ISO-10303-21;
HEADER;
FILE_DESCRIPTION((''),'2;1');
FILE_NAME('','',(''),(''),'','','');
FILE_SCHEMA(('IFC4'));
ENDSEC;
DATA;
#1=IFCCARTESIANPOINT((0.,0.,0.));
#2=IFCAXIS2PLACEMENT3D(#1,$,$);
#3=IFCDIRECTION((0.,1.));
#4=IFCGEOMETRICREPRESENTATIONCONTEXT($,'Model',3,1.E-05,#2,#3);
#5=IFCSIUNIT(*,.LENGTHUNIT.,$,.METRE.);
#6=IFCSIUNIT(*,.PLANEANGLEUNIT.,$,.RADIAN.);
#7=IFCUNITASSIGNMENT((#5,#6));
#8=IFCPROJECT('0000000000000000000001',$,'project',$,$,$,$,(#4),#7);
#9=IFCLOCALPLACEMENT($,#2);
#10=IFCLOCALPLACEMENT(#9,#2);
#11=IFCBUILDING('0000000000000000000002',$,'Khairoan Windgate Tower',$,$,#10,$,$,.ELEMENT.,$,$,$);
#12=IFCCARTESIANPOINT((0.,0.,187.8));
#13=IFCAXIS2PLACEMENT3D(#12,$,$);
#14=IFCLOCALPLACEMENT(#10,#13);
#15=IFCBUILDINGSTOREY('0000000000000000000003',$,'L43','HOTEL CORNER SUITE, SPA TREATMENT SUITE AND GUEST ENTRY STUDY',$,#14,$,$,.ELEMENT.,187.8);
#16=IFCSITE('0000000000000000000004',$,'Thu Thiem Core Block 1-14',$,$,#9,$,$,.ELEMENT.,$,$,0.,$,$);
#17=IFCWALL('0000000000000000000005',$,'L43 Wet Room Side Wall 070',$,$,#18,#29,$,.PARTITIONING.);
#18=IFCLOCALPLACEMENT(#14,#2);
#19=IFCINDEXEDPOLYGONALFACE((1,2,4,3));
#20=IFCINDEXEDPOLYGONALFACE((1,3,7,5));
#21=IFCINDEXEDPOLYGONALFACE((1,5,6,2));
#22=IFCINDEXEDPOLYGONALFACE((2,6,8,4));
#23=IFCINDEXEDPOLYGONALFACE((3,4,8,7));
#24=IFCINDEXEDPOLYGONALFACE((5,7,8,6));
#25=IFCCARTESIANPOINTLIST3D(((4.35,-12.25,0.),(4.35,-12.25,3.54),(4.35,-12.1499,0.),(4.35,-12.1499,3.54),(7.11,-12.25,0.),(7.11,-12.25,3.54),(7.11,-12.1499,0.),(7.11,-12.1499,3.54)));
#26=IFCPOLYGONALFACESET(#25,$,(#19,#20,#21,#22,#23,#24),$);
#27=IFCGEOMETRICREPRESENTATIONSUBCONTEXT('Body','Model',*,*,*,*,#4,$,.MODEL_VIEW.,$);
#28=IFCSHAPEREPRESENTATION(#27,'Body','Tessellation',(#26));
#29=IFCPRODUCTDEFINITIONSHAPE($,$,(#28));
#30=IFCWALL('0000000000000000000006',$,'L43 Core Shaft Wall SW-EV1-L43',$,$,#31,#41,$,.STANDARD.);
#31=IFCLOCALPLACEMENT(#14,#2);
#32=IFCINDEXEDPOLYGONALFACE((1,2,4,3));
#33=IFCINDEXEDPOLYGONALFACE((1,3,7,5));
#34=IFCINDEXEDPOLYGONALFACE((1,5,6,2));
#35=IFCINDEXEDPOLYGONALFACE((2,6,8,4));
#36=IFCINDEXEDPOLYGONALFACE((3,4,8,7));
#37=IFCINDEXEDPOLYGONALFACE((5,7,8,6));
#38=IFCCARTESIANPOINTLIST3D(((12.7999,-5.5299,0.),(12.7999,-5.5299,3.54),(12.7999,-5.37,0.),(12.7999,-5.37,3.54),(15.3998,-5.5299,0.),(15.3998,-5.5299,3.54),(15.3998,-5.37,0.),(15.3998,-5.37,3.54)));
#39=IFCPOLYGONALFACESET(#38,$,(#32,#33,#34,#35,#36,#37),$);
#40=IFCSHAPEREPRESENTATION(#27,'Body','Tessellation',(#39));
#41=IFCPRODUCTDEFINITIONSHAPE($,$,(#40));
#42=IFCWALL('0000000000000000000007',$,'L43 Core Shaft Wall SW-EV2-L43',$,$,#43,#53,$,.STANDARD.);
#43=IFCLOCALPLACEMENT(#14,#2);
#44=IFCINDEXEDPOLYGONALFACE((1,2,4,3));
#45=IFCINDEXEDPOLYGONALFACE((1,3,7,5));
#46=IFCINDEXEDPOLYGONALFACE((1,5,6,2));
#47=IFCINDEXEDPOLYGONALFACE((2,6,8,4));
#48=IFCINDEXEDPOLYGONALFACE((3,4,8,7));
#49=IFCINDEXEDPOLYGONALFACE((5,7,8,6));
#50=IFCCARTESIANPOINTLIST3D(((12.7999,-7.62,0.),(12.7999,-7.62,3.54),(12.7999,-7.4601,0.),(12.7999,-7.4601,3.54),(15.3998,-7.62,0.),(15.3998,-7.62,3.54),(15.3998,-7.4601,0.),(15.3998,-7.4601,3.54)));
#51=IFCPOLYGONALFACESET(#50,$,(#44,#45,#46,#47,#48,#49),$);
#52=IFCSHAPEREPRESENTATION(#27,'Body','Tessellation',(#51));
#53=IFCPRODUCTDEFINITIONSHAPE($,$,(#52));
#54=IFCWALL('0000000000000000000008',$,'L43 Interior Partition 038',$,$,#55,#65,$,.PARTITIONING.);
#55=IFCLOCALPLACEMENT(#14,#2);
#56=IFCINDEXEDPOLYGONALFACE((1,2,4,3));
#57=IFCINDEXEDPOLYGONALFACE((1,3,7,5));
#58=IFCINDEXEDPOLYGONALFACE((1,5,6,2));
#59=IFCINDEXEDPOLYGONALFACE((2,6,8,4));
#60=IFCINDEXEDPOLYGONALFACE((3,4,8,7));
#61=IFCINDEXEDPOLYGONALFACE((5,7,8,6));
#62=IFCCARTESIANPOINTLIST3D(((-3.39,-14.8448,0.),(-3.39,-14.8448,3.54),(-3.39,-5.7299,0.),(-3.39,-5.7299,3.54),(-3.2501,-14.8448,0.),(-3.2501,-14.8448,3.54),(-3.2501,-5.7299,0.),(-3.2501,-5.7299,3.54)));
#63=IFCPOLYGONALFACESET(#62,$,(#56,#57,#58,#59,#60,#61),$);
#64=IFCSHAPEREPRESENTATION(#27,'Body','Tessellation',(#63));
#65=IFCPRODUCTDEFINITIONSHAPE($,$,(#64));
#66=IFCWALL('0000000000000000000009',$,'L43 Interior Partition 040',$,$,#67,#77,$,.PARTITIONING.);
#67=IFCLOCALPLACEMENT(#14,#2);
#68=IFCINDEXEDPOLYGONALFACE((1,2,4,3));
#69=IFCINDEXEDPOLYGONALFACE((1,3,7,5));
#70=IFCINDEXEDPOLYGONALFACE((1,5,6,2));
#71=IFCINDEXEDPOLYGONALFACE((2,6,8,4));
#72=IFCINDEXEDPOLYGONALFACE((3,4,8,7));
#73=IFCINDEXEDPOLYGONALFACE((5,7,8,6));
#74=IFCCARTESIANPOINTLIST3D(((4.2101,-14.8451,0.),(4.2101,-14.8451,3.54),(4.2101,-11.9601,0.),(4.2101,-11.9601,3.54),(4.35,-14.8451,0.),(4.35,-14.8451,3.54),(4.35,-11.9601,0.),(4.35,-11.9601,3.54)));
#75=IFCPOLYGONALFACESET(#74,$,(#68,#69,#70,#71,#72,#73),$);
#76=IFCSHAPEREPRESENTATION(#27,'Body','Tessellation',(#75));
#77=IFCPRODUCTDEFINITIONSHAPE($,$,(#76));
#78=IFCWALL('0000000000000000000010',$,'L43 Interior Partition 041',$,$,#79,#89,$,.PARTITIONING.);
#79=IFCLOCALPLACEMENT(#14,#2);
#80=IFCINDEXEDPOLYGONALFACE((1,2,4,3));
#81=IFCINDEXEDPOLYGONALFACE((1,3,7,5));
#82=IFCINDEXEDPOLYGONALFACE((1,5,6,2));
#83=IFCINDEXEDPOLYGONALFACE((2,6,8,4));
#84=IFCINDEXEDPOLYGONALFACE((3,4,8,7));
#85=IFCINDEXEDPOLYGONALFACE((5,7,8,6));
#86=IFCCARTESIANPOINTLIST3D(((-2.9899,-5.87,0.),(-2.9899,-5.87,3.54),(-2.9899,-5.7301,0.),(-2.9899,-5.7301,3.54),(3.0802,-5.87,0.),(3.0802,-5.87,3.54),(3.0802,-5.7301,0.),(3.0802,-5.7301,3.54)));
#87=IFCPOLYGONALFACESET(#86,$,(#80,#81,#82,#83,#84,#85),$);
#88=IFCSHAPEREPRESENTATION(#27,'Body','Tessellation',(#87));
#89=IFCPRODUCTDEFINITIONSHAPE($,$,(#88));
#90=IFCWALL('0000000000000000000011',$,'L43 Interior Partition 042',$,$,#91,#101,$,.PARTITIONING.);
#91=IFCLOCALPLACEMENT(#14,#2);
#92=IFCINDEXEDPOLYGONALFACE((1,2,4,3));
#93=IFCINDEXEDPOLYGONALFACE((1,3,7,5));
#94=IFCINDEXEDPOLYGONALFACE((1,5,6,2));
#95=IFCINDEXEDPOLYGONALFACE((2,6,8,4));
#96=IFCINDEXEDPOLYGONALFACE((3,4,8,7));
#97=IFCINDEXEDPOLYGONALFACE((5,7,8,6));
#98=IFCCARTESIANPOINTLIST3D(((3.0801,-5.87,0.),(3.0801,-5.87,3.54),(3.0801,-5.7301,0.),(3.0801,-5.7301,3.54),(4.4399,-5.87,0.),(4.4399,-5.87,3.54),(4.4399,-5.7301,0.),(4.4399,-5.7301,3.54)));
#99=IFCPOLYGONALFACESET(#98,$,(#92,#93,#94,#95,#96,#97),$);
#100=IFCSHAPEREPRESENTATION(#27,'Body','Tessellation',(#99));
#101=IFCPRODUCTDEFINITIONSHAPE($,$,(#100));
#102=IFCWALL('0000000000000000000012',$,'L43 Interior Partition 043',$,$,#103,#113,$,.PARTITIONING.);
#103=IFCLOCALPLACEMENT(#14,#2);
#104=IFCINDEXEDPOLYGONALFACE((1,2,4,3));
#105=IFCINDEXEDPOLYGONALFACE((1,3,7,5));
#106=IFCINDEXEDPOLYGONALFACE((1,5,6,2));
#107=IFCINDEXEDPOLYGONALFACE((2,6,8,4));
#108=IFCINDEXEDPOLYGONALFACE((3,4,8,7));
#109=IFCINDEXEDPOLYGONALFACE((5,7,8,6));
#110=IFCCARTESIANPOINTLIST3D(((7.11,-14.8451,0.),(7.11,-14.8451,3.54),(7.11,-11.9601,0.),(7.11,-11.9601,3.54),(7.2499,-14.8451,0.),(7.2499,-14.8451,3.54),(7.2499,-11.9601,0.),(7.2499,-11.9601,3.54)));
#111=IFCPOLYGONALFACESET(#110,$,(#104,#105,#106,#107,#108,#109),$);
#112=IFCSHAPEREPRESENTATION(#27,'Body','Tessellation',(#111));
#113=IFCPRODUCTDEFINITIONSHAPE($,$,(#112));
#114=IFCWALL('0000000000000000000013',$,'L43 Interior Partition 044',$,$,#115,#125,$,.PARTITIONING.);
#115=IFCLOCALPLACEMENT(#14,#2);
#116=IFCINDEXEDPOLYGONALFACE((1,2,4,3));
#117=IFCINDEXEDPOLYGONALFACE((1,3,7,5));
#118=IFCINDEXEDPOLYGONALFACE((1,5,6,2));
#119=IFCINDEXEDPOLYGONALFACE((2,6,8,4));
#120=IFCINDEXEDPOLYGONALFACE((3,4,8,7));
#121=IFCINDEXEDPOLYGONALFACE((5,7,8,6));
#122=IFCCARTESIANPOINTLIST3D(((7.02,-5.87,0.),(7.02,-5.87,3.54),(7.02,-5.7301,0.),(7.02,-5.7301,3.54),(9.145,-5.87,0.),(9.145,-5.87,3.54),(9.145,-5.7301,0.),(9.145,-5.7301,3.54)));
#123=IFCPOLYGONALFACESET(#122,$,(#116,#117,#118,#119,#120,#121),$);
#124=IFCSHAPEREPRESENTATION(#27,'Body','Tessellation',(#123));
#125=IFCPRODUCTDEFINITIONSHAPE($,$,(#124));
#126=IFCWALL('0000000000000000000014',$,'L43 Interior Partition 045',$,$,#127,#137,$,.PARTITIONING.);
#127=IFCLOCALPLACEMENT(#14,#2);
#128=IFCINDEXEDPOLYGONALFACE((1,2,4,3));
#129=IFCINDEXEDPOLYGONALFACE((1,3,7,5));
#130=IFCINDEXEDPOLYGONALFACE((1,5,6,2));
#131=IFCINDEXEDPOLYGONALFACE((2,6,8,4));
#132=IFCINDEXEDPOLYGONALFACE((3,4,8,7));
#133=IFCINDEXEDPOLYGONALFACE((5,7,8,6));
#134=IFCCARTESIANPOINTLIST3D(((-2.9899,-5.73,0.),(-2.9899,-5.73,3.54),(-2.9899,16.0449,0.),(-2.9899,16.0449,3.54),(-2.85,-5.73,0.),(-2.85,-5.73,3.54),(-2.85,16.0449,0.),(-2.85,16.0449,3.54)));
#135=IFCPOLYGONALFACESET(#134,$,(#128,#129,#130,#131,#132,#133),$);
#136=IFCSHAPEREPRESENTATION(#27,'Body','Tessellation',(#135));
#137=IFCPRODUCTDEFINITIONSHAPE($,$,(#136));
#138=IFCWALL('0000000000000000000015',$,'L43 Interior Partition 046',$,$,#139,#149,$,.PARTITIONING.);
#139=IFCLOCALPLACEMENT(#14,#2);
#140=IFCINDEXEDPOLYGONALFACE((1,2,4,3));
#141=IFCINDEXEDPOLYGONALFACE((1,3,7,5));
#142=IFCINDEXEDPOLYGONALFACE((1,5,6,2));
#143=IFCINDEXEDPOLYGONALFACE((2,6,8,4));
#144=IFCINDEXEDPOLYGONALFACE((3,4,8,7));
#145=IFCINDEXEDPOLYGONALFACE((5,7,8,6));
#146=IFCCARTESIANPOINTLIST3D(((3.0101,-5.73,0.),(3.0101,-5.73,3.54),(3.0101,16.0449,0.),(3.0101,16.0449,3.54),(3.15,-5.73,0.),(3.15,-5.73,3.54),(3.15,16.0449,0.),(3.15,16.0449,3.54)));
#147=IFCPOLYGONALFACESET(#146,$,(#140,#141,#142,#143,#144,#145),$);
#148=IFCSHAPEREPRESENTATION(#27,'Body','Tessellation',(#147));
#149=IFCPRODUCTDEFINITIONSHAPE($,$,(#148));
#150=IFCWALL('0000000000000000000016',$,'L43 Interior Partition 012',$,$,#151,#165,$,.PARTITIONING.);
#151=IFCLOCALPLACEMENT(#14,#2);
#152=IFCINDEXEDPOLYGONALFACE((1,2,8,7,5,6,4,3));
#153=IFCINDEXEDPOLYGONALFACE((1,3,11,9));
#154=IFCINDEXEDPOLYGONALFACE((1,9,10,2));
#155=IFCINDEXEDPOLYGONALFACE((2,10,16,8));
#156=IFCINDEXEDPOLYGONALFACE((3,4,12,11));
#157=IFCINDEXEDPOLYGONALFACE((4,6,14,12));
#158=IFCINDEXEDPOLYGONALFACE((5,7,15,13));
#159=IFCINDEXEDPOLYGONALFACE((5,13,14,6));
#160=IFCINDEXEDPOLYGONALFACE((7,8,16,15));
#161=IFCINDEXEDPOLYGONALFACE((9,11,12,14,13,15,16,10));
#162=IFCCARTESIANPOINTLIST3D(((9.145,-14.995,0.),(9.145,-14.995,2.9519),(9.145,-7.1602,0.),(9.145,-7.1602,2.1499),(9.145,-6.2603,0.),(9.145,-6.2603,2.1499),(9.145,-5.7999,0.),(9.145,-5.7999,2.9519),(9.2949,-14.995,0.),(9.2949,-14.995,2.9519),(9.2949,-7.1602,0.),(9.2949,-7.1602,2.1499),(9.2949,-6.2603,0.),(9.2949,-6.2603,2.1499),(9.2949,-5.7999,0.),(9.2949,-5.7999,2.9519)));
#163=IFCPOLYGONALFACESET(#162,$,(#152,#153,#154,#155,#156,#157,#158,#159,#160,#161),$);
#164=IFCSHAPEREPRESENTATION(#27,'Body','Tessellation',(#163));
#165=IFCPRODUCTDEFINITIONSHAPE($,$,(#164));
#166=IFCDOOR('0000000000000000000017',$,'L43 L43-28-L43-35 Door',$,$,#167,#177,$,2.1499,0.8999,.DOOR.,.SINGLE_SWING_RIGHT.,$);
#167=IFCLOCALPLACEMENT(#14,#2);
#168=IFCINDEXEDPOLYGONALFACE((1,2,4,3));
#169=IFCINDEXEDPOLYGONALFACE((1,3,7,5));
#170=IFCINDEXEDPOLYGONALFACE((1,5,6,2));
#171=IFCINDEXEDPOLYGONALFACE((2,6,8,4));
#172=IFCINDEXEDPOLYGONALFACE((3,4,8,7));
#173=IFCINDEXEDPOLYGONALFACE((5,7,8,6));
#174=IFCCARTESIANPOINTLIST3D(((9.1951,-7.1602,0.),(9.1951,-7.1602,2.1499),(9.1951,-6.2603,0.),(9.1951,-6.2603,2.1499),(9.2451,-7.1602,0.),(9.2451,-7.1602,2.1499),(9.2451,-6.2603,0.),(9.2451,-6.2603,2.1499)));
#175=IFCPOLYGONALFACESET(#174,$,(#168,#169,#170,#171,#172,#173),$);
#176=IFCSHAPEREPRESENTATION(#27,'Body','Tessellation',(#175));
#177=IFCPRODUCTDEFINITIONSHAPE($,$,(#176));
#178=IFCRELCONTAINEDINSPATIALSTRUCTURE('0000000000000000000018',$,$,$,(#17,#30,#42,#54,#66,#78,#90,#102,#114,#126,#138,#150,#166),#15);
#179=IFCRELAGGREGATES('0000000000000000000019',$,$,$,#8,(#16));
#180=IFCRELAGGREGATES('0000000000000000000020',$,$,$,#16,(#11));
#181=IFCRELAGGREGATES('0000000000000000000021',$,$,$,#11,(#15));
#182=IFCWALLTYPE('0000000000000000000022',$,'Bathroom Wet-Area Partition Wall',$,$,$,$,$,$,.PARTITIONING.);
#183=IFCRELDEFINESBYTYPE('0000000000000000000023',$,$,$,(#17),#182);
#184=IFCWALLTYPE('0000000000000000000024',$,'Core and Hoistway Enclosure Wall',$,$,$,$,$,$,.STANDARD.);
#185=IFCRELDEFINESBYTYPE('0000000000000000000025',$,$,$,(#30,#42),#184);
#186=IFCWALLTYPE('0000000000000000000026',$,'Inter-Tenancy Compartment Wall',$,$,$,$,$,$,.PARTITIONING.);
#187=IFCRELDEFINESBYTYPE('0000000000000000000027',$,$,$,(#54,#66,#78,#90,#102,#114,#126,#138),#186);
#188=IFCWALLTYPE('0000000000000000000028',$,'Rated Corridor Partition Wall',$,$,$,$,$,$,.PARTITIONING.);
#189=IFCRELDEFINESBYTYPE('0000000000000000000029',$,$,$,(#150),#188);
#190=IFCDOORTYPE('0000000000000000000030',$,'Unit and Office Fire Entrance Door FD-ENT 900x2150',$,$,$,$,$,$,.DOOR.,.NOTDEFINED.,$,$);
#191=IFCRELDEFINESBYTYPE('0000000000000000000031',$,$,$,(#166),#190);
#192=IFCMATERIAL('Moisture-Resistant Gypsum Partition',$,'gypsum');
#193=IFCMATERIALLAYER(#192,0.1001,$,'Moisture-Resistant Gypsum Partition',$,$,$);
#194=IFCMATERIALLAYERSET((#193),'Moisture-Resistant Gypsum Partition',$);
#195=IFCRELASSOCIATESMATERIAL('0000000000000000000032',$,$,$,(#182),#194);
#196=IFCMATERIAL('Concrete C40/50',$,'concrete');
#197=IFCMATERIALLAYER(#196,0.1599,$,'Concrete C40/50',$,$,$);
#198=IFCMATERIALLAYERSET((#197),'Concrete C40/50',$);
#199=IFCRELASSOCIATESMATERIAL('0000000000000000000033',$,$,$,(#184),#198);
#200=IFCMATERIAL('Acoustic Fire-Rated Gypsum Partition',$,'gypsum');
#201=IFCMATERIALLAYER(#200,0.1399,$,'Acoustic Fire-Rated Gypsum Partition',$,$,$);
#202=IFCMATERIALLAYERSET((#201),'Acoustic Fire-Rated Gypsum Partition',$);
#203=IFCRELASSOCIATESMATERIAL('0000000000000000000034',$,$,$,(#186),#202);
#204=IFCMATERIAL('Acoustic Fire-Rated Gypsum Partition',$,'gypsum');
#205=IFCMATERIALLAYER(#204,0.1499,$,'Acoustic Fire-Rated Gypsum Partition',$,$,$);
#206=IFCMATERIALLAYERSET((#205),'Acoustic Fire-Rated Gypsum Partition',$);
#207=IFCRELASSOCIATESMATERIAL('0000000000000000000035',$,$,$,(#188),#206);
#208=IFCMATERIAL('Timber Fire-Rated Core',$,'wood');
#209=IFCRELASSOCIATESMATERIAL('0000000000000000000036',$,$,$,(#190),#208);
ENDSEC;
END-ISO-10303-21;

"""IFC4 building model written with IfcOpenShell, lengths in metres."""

from ifc_helpers import new_model, si_unit, direction, frame, frame_2d, origin, place, context, subcontext, project, spatial, rectangle, extrude, material, layer, layer_set, type_object, element, fill, save


model = new_model("IFC4")

# Units and contexts
model_context = context("Model", 3, precision=1e-05, world=origin(), true_north=direction((0.0, 1.0)))
body_context = subcontext(model_context, "Body", "Model", "MODEL_VIEW")
ifc_project = project(units=[si_unit("LENGTHUNIT", "METRE"), si_unit("PLANEANGLEUNIT", "RADIAN")], contexts=[model_context])

# Site, building, storey
site_placement = place(None, origin())
site = spatial("IfcSite", under=ifc_project, at=site_placement, Name="Thu Thiem Core Block 1-14", CompositionType="ELEMENT", RefElevation=0.0)
building_placement = place(site_placement, origin())
building = spatial("IfcBuilding", under=site, at=building_placement, Name="Khairoan Windgate Tower", CompositionType="ELEMENT")
storey_placement = place(building_placement, frame((0.0, 0.0, 187.8)))
storey = spatial("IfcBuildingStorey", under=building, at=storey_placement, Name="L43", Description="HOTEL CORNER SUITE, SPA TREATMENT SUITE AND GUEST ENTRY STUDY", CompositionType="ELEMENT", Elevation=187.8)

# Walls
ifc_material_1 = material(Name="Moisture-Resistant Gypsum Partition", Category="gypsum")
ifc_layer_1 = layer(ifc_material_1, 0.1001, Name="Moisture-Resistant Gypsum Partition")
ifc_layer_set_1 = layer_set([ifc_layer_1], Name="Moisture-Resistant Gypsum Partition")
wall_type_1 = type_object("IfcWallType", Name="Bathroom Wet-Area Partition Wall", PredefinedType="PARTITIONING", material=ifc_layer_set_1)
wall_1_placement = place(storey_placement, frame((4.3501, -12.2, 0.0), z_axis=(0.0, 0.0, 1.0), x_axis=(1.0, 0.0, 0.0)))
element("IfcWall", 1, at=wall_1_placement, inside=storey, type_object=wall_type_1, Name="L43 Wet Room Side Wall 070", PredefinedType="PARTITIONING", context=body_context, shape_type="SweptSolid", body=[
    extrude(rectangle(XDim=2.76, YDim=0.1001, at=frame_2d((1.3799, 0.0))), origin(), (0.0, 0.0, 1.0), 3.54),
])
ifc_material_2 = material(Name="Concrete C40/50", Category="concrete")
ifc_layer_2 = layer(ifc_material_2, 0.1599, Name="Concrete C40/50")
ifc_layer_set_2 = layer_set([ifc_layer_2], Name="Concrete C40/50")
wall_type_2 = type_object("IfcWallType", Name="Core and Hoistway Enclosure Wall", PredefinedType="STANDARD", material=ifc_layer_set_2)
for number, where, z_axis, x_axis, name in (
    (2, (12.8, -5.45, 0.0), (0.0, 0.0, 1.0), (1.0, 0.0, 0.0), "L43 Core Shaft Wall SW-EV1-L43"),
    (3, (12.8, -7.54, 0.0), (0.0, 0.0, 1.0), (1.0, 0.0, 0.0), "L43 Core Shaft Wall SW-EV2-L43"),
):
    element("IfcWall", number, at=place(storey_placement, frame(where, z_axis=z_axis, x_axis=x_axis)), inside=storey, type_object=wall_type_2, Name=name, PredefinedType="STANDARD", context=body_context, shape_type="SweptSolid", body=[
        extrude(rectangle(XDim=2.5999, YDim=0.1599, at=frame_2d((1.2998, 0.0))), origin(), (0.0, 0.0, 1.0), 3.54),
    ])
ifc_material_3 = material(Name="Acoustic Fire-Rated Gypsum Partition", Category="gypsum")
ifc_layer_3 = layer(ifc_material_3, 0.1399, Name="Acoustic Fire-Rated Gypsum Partition")
ifc_layer_set_3 = layer_set([ifc_layer_3], Name="Acoustic Fire-Rated Gypsum Partition")
wall_type_3 = type_object("IfcWallType", Name="Inter-Tenancy Compartment Wall", PredefinedType="PARTITIONING", material=ifc_layer_set_3)
wall_2_placement = place(storey_placement, frame((-3.3201, -14.845, 0.0), z_axis=(0.0, 0.0, 1.0), x_axis=(0.0, 1.0, 0.0)))
element("IfcWall", 4, at=wall_2_placement, inside=storey, type_object=wall_type_3, Name="L43 Interior Partition 038", PredefinedType="PARTITIONING", context=body_context, shape_type="SweptSolid", body=[
    extrude(rectangle(XDim=9.115, YDim=0.1399, at=frame_2d((4.5576, 0.0))), origin(), (0.0, 0.0, 1.0), 3.54),
])
wall_3_placement = place(storey_placement, frame((4.28, -14.845, 0.0), z_axis=(0.0, 0.0, 1.0), x_axis=(0.0, 1.0, 0.0)))
element("IfcWall", 5, at=wall_3_placement, inside=storey, type_object=wall_type_3, Name="L43 Interior Partition 040", PredefinedType="PARTITIONING", context=body_context, shape_type="SweptSolid", body=[
    extrude(rectangle(XDim=2.885, YDim=0.1399, at=frame_2d((1.4424, 0.0))), origin(), (0.0, 0.0, 1.0), 3.54),
])
wall_4_placement = place(storey_placement, frame((-2.99, -5.8, 0.0), z_axis=(0.0, 0.0, 1.0), x_axis=(1.0, 0.0, 0.0)))
element("IfcWall", 6, at=wall_4_placement, inside=storey, type_object=wall_type_3, Name="L43 Interior Partition 041", PredefinedType="PARTITIONING", context=body_context, shape_type="SweptSolid", body=[
    extrude(rectangle(XDim=6.0701, YDim=0.1399, at=frame_2d((3.0352, 0.0))), origin(), (0.0, 0.0, 1.0), 3.54),
])
wall_5_placement = place(storey_placement, frame((3.0801, -5.8, 0.0), z_axis=(0.0, 0.0, 1.0), x_axis=(1.0, 0.0, 0.0)))
element("IfcWall", 7, at=wall_5_placement, inside=storey, type_object=wall_type_3, Name="L43 Interior Partition 042", PredefinedType="PARTITIONING", context=body_context, shape_type="SweptSolid", body=[
    extrude(rectangle(XDim=1.3599, YDim=0.1399, at=frame_2d((0.6799, 0.0))), origin(), (0.0, 0.0, 1.0), 3.54),
])
wall_6_placement = place(storey_placement, frame((7.1799, -14.845, 0.0), z_axis=(0.0, 0.0, 1.0), x_axis=(0.0, 1.0, 0.0)))
element("IfcWall", 8, at=wall_6_placement, inside=storey, type_object=wall_type_3, Name="L43 Interior Partition 043", PredefinedType="PARTITIONING", context=body_context, shape_type="SweptSolid", body=[
    extrude(rectangle(XDim=2.885, YDim=0.1399, at=frame_2d((1.4424, 0.0))), origin(), (0.0, 0.0, 1.0), 3.54),
])
wall_7_placement = place(storey_placement, frame((7.02, -5.8, 0.0), z_axis=(0.0, 0.0, 1.0), x_axis=(1.0, 0.0, 0.0)))
element("IfcWall", 9, at=wall_7_placement, inside=storey, type_object=wall_type_3, Name="L43 Interior Partition 044", PredefinedType="PARTITIONING", context=body_context, shape_type="SweptSolid", body=[
    extrude(rectangle(XDim=2.125, YDim=0.1399, at=frame_2d((1.0625, 0.0))), origin(), (0.0, 0.0, 1.0), 3.54),
])
for number, where, z_axis, x_axis, name in (
    (10, (-2.9199, -5.73, 0.0), (0.0, 0.0, 1.0), (0.0, 1.0, 0.0), "L43 Interior Partition 045"),
    (11, (3.0801, -5.73, 0.0), (0.0, 0.0, 1.0), (0.0, 1.0, 0.0), "L43 Interior Partition 046"),
):
    element("IfcWall", number, at=place(storey_placement, frame(where, z_axis=z_axis, x_axis=x_axis)), inside=storey, type_object=wall_type_3, Name=name, PredefinedType="PARTITIONING", context=body_context, shape_type="SweptSolid", body=[
        extrude(rectangle(XDim=21.7749, YDim=0.1399, at=frame_2d((10.8875, 0.0))), origin(), (0.0, 0.0, 1.0), 3.54),
    ])

# Wall, opening, door
ifc_material_4 = material(Name="Acoustic Fire-Rated Gypsum Partition", Category="gypsum")
ifc_layer_4 = layer(ifc_material_4, 0.1499, Name="Acoustic Fire-Rated Gypsum Partition")
ifc_layer_set_4 = layer_set([ifc_layer_4], Name="Acoustic Fire-Rated Gypsum Partition")
wall_type_4 = type_object("IfcWallType", Name="Rated Corridor Partition Wall", PredefinedType="PARTITIONING", material=ifc_layer_set_4)
wall_8_placement = place(storey_placement, frame((9.22, -14.9951, 0.0), z_axis=(0.0, 0.0, 1.0), x_axis=(0.0, 1.0, 0.0)))
wall_8 = element("IfcWall", 12, at=wall_8_placement, inside=storey, type_object=wall_type_4, Name="L43 Interior Partition 012", PredefinedType="PARTITIONING", context=body_context, shape_type="SweptSolid", body=[
    extrude(rectangle(XDim=9.1951, YDim=0.1499, at=frame_2d((4.5977, 0.0))), origin(), (0.0, 0.0, 1.0), 2.9519),
])
opening_1_placement = place(wall_8_placement, frame((7.835, 0.0, 0.0)))
opening_1 = element("IfcOpeningElement", 13, at=opening_1_placement, cuts=wall_8, PredefinedType="OPENING", context=body_context, shape_type="SweptSolid", body=[
    extrude(rectangle(XDim=0.8999, YDim=2.1499, at=frame_2d((0.45, 1.075))), frame((0.0, 0.085, 0.0), z_axis=(0.0, -1.0, 0.0), x_axis=(1.0, 0.0, 0.0)), (0.0, 0.0, 1.0), 0.1699),
])
ifc_material_5 = material(Name="Timber Fire-Rated Core", Category="wood")
door_type = type_object("IfcDoorType", Name="Unit and Office Fire Entrance Door FD-ENT 900x2150", OperationType="NOTDEFINED", PredefinedType="DOOR", material=ifc_material_5)
door_1_placement = place(opening_1_placement, origin())
door_1 = element("IfcDoor", 14, at=door_1_placement, inside=storey, type_object=door_type, Name="L43 L43-28-L43-35 Door", OperationType="SINGLE_SWING_RIGHT", OverallHeight=2.1499, OverallWidth=0.8999, PredefinedType="DOOR", context=body_context, shape_type="SweptSolid", body=[
    extrude(rectangle(XDim=0.8999, YDim=2.1499, at=frame_2d((0.45, 1.075))), frame((0.0, 0.0249, 0.0), z_axis=(0.0, -1.0, 0.0), x_axis=(1.0, 0.0, 0.0)), (0.0, 0.0, 1.0), 0.05),
])
fill(opening_1, door_1)

save(model, "model.ifc")
